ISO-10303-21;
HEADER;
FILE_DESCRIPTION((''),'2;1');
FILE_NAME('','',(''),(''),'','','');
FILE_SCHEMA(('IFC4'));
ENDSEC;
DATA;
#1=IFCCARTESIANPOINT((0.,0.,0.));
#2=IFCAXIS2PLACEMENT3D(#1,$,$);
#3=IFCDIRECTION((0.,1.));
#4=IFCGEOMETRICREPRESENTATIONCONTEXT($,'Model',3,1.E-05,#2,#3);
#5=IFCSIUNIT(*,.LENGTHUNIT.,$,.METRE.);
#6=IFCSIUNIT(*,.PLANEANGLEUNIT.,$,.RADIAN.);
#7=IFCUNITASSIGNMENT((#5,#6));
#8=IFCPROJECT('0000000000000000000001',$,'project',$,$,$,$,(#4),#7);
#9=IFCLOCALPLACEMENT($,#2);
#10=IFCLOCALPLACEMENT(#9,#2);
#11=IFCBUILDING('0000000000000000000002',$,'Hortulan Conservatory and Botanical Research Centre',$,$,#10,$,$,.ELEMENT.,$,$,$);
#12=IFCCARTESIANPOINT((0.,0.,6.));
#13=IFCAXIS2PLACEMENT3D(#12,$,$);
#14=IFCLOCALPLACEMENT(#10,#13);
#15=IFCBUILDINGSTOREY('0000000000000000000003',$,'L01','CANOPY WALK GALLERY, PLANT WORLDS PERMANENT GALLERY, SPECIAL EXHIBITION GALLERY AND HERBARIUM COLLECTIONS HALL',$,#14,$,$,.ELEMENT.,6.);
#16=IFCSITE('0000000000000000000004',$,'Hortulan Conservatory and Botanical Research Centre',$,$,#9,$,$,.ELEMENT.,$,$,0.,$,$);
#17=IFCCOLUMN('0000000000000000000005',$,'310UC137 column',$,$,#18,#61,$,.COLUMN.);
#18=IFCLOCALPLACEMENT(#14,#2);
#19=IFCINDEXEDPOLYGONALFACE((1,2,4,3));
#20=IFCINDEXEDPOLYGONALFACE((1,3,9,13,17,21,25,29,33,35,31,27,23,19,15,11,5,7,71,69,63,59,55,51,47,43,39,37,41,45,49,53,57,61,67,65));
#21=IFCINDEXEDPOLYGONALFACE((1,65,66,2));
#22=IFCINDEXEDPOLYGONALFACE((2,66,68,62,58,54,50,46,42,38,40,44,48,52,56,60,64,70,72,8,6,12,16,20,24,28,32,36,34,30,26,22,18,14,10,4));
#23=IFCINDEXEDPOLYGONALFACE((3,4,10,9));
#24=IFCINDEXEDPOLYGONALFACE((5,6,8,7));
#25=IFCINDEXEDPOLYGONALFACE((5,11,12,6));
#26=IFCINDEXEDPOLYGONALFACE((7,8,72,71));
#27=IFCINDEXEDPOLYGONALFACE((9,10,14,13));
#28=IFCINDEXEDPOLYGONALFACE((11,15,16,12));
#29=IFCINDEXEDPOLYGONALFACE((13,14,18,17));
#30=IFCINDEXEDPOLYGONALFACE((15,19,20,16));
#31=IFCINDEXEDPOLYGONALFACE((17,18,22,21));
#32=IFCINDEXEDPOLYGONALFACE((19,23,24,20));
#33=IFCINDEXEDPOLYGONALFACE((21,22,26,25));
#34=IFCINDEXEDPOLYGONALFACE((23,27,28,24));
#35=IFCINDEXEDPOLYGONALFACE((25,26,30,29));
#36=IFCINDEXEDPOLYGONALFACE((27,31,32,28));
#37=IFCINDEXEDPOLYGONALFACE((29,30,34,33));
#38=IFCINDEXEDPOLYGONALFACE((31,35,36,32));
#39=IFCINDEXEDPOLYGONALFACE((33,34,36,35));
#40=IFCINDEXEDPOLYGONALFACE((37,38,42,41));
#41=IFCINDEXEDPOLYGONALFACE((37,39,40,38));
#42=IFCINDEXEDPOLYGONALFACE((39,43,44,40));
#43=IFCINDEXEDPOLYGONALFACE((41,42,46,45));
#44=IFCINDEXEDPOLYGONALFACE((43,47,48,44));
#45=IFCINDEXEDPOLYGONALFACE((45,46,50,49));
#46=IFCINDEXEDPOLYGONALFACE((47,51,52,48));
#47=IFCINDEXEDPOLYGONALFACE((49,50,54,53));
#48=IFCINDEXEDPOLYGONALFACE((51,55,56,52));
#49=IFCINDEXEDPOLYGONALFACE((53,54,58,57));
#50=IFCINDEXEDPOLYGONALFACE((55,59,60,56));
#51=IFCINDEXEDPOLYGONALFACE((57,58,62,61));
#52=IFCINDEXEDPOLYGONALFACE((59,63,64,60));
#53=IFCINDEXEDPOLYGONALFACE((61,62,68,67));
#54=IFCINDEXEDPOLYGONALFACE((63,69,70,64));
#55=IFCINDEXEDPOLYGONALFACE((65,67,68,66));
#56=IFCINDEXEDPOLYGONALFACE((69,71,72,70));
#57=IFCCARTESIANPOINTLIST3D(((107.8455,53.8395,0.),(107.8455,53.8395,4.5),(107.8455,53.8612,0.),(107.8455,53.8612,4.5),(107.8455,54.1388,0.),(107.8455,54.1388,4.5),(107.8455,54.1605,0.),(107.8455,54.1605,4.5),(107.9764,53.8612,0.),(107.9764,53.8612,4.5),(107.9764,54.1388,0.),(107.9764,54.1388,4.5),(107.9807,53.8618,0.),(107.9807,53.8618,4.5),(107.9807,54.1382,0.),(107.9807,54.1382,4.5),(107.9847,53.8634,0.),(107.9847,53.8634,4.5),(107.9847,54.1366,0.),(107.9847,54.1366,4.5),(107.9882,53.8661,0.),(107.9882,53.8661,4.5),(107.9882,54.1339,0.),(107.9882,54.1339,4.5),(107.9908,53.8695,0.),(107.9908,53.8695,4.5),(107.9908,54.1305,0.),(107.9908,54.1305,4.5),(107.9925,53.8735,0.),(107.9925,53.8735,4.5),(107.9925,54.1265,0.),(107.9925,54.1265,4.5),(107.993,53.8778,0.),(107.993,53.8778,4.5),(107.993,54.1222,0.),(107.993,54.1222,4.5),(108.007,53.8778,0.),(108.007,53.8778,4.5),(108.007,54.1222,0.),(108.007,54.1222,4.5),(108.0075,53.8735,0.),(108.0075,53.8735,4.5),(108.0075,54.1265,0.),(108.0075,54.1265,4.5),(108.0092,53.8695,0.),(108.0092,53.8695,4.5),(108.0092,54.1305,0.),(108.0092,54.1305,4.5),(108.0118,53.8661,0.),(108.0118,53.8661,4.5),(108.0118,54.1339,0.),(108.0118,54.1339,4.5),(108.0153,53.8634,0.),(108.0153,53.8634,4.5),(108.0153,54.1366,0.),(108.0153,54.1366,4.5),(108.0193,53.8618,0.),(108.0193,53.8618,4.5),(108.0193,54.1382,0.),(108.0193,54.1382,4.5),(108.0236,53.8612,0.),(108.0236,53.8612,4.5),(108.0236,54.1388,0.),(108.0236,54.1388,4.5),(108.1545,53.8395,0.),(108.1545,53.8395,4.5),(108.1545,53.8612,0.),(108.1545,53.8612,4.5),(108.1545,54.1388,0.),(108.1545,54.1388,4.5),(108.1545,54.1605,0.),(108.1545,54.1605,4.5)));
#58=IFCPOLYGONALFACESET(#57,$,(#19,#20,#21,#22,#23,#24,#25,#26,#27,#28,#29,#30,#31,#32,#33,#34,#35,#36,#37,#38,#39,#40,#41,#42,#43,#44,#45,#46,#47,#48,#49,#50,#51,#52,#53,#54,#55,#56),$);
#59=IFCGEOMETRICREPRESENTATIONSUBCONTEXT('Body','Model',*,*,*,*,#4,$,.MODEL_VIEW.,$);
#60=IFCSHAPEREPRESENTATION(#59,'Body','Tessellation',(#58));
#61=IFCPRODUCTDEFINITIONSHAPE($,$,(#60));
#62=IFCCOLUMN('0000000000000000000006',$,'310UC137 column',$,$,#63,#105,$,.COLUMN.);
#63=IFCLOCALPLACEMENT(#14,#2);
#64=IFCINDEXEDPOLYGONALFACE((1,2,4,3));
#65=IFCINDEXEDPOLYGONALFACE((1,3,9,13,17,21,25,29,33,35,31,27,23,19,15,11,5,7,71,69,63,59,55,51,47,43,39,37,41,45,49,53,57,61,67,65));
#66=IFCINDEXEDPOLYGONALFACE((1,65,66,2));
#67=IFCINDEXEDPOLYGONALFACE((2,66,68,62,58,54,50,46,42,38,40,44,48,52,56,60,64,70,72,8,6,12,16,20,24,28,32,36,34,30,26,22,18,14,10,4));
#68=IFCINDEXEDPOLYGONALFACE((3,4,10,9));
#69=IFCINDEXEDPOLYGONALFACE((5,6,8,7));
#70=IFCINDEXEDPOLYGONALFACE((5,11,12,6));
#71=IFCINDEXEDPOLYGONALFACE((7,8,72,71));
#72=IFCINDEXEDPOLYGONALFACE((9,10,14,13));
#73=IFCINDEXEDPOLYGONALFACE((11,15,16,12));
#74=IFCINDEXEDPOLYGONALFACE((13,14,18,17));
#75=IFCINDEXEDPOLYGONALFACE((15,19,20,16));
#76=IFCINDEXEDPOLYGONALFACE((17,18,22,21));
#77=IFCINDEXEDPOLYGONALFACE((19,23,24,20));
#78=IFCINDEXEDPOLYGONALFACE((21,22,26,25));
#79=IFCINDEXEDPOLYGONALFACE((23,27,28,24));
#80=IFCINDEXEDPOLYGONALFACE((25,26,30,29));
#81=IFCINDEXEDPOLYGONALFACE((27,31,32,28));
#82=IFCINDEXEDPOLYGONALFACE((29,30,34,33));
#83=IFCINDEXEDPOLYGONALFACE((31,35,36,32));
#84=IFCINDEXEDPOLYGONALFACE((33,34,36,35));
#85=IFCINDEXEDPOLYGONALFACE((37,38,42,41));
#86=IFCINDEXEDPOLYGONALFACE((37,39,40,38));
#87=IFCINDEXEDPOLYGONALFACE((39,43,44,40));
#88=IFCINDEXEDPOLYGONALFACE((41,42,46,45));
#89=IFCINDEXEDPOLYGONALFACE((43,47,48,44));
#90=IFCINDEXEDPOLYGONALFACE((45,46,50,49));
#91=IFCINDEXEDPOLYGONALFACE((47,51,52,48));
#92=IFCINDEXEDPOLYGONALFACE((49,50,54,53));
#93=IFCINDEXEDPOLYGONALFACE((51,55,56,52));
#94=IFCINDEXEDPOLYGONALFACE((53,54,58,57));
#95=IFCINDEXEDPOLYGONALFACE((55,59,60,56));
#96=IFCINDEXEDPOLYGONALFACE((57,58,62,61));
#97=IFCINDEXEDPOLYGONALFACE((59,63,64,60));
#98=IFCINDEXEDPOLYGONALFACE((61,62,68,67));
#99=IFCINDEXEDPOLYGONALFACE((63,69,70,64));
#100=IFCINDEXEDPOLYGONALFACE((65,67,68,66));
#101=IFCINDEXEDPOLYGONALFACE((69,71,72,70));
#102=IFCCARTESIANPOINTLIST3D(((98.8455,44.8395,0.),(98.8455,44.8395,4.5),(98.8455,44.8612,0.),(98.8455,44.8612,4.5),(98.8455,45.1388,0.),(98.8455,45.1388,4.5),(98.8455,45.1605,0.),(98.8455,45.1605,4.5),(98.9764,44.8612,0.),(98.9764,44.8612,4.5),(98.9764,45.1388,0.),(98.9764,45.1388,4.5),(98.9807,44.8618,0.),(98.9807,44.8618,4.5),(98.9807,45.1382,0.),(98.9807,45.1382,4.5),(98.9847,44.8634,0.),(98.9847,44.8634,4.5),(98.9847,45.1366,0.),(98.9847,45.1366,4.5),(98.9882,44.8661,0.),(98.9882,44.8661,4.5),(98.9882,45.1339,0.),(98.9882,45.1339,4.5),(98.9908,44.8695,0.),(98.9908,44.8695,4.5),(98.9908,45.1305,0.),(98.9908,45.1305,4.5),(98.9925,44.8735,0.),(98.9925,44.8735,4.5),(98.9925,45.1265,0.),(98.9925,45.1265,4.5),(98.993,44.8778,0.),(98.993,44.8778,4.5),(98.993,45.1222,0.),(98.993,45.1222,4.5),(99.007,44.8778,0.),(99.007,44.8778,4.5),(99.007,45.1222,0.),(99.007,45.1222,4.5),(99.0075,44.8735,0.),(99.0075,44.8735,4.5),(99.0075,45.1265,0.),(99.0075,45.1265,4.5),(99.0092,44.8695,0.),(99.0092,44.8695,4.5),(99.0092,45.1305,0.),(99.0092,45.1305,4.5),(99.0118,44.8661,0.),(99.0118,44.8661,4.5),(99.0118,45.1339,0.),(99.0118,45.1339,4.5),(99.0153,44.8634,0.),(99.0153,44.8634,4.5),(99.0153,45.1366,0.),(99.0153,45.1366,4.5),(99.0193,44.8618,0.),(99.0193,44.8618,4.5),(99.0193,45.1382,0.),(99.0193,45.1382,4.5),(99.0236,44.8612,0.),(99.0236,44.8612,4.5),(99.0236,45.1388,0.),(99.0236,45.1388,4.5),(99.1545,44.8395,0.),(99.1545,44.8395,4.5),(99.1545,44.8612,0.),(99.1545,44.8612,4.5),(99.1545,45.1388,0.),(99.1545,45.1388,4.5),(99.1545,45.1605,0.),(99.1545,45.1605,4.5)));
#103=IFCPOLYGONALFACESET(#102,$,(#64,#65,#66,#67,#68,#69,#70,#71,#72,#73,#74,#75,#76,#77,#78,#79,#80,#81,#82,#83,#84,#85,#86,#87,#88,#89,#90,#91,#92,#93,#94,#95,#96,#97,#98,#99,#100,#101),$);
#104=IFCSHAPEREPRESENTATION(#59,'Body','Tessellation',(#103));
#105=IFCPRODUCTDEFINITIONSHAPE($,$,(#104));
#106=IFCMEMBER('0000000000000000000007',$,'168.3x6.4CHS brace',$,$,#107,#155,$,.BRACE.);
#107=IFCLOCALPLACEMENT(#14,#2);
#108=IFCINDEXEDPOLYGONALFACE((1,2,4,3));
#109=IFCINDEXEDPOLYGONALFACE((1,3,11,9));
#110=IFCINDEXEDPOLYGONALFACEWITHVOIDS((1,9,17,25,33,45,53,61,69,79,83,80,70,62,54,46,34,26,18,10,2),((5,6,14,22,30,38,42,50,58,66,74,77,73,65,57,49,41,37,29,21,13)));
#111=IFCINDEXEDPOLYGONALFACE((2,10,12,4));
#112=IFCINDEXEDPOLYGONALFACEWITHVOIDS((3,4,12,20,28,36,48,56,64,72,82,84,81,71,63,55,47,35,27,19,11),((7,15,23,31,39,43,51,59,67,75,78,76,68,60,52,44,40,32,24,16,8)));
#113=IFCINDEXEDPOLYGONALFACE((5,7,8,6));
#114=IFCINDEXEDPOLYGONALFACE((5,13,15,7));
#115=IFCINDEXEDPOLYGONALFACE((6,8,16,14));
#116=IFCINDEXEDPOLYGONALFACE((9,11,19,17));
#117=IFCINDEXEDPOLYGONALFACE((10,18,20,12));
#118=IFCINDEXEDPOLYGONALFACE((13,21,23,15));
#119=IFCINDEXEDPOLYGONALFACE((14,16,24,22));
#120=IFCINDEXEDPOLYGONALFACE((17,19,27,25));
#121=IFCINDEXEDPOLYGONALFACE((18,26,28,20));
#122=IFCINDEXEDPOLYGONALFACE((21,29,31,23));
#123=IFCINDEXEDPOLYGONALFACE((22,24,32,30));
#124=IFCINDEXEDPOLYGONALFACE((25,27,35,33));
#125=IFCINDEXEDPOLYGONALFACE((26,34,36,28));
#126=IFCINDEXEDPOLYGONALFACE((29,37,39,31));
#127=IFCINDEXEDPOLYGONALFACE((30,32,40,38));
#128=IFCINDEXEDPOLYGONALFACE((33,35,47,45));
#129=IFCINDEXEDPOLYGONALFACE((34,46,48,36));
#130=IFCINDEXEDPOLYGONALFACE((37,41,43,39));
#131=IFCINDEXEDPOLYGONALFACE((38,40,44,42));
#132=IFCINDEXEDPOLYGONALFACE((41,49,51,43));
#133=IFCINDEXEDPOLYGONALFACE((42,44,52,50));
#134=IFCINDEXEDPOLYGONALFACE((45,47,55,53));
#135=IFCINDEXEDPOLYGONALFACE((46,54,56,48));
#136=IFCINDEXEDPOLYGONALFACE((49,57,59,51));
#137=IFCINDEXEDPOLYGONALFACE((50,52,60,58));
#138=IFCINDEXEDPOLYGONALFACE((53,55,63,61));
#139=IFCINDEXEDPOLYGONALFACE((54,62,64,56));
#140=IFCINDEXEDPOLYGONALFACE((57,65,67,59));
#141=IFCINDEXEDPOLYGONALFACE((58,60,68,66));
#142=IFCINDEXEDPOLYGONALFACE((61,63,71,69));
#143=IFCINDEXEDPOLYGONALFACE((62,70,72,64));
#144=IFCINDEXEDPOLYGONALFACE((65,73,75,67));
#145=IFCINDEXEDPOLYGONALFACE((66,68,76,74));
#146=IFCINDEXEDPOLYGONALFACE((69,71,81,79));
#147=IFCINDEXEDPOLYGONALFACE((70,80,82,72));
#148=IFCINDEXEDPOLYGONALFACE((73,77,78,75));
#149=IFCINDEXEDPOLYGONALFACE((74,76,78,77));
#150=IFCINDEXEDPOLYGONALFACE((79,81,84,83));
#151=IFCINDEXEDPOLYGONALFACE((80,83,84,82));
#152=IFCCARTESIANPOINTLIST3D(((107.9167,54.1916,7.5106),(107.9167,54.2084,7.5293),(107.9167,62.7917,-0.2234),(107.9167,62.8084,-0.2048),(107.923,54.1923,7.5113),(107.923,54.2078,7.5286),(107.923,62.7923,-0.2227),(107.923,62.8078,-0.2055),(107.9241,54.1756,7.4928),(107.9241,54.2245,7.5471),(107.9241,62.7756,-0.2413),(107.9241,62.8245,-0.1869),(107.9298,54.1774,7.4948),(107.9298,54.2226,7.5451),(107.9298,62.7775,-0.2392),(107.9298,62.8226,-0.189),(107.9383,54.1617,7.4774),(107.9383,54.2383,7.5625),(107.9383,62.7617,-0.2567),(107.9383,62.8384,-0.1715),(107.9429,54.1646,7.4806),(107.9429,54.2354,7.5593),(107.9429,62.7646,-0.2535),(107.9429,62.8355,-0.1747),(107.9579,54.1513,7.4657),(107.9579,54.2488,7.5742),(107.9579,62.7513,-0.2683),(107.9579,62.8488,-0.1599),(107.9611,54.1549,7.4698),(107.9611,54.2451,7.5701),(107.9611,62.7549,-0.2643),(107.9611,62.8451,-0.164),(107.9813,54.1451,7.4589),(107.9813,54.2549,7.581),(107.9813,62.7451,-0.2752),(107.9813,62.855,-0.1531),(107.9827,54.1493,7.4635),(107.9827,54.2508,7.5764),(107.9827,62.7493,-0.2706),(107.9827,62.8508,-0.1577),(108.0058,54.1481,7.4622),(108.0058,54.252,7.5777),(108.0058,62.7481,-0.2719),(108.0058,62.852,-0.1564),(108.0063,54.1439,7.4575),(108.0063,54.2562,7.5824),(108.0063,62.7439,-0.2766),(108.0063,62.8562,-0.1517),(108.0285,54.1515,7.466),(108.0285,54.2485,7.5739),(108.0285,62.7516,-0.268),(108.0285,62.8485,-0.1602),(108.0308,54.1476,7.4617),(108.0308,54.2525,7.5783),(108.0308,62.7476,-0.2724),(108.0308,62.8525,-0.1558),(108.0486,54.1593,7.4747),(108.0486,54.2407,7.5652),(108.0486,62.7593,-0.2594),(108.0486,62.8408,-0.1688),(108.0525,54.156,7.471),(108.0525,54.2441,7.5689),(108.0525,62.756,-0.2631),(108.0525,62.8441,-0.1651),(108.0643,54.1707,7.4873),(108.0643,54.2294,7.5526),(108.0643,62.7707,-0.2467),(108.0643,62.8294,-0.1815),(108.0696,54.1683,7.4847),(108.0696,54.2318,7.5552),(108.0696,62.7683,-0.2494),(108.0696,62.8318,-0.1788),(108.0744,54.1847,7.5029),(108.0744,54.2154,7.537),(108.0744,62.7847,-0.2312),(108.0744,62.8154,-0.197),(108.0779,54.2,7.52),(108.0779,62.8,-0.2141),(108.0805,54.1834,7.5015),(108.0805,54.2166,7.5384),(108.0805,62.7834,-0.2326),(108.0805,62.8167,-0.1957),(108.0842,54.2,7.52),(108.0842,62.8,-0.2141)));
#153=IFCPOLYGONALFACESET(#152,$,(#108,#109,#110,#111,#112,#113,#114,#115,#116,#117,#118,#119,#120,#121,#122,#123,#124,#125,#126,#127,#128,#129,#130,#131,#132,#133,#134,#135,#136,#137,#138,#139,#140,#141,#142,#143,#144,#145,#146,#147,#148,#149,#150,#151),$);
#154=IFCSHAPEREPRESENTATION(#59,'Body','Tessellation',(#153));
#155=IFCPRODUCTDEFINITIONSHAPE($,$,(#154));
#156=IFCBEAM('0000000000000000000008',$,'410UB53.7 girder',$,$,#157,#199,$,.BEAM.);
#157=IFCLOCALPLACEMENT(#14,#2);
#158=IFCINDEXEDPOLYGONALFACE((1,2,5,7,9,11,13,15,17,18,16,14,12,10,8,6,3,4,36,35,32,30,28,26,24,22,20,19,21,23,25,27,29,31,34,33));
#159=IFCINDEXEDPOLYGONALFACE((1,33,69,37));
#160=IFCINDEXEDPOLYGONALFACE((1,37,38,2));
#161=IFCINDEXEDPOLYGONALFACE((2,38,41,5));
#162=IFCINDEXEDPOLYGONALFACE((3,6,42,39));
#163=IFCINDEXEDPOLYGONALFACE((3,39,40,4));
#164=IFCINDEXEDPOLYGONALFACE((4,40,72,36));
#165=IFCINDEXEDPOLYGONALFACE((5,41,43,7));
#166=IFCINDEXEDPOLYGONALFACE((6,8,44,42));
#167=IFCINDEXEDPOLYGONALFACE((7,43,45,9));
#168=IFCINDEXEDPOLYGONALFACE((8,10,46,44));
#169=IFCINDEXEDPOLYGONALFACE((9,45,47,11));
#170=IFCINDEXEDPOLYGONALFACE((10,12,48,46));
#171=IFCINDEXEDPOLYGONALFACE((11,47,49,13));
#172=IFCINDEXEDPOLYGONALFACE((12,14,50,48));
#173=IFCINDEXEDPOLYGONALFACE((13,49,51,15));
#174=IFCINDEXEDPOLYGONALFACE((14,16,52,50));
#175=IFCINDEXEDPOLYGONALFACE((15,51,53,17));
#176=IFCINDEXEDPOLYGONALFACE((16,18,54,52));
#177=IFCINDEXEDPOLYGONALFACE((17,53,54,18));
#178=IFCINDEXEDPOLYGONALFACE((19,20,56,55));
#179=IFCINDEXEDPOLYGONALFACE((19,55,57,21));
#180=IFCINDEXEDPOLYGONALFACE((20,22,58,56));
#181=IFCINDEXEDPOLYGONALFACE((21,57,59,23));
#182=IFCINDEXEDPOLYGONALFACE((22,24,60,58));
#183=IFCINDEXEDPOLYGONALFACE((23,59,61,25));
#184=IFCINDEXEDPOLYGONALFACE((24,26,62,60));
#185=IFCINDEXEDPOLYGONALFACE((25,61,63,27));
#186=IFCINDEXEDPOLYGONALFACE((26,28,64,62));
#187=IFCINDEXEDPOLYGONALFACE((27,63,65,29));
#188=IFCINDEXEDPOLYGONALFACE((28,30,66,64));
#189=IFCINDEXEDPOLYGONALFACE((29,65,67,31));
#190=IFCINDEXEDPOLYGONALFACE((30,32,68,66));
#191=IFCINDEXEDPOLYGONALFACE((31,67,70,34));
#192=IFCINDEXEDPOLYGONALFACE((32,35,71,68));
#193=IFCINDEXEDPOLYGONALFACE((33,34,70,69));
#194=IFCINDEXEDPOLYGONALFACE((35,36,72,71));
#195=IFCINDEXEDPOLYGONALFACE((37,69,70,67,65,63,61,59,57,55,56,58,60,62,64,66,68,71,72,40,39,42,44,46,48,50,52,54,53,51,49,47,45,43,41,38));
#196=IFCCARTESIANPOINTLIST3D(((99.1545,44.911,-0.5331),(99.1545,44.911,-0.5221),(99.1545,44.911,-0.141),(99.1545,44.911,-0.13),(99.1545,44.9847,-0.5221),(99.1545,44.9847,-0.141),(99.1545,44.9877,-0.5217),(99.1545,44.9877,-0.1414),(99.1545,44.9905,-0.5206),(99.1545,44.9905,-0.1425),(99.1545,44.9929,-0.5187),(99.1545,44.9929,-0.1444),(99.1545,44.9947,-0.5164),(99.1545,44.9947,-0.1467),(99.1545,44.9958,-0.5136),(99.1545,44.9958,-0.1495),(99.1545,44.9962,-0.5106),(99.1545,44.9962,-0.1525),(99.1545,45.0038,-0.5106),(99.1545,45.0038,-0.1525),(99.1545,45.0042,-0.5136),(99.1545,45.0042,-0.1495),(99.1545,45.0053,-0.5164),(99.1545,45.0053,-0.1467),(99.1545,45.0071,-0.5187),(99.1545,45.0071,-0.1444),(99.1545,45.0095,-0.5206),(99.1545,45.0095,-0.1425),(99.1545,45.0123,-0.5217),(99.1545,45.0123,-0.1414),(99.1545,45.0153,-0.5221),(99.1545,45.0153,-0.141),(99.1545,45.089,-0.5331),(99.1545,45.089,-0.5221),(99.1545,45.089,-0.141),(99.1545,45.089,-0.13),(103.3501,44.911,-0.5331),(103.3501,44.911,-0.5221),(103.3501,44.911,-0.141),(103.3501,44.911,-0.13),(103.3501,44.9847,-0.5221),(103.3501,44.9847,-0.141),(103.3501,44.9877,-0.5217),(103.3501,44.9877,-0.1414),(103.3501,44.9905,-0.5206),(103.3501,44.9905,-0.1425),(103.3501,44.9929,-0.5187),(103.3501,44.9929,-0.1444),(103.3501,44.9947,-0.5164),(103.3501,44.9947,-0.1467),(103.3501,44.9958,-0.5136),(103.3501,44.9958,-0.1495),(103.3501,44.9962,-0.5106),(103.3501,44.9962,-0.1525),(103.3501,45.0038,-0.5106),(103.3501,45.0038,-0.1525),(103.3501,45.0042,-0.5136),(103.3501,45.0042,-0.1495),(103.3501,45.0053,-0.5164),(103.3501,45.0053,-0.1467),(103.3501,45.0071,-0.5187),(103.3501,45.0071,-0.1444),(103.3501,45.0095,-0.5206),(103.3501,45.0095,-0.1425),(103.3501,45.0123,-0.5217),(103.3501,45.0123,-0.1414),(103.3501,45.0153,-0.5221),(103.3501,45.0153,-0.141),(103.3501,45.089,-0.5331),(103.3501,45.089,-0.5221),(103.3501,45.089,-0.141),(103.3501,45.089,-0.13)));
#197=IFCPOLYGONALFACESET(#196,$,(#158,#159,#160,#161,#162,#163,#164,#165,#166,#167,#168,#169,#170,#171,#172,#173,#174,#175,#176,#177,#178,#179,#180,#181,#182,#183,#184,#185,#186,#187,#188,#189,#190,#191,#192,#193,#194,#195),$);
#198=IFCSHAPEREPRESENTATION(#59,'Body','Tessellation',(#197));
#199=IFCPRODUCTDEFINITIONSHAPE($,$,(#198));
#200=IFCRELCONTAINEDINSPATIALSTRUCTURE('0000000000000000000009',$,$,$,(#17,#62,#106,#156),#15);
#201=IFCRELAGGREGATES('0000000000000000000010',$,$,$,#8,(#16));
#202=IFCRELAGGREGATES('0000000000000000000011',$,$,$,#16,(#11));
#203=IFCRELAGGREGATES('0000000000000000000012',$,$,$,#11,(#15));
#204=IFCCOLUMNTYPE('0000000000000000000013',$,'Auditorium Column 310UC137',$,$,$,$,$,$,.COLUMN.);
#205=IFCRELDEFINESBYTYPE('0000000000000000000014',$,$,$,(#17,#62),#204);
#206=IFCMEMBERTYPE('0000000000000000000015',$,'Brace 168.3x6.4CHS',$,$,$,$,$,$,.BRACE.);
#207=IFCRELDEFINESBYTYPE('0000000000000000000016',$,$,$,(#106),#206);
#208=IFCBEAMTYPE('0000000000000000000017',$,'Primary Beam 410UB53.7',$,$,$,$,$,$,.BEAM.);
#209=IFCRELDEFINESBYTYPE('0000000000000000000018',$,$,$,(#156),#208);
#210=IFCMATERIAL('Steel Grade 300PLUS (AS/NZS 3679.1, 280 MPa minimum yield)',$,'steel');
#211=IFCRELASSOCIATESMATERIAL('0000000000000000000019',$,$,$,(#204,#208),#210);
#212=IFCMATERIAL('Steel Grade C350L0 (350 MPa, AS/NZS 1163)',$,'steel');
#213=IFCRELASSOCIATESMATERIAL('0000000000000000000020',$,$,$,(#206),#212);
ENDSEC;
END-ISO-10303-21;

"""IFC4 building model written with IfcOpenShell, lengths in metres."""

from ifc_helpers import new_model, si_unit, direction, frame, origin, origin_2d, place, context, subcontext, project, spatial, hollow_circle, i_section, extrude, material, material_profile, profile_set, type_object, element, save


model = new_model("IFC4")

# Units and contexts
model_context = context("Model", 3, precision=1e-05, world=origin(), true_north=direction((0.0, 1.0)))
body_context = subcontext(model_context, "Body", "Model", "MODEL_VIEW")
ifc_project = project(units=[si_unit("LENGTHUNIT", "METRE"), si_unit("PLANEANGLEUNIT", "RADIAN")], contexts=[model_context])

# Site, building, storey
site_placement = place(None, origin())
site = spatial("IfcSite", under=ifc_project, at=site_placement, Name="Hortulan Conservatory and Botanical Research Centre", CompositionType="ELEMENT", RefElevation=0.0)
building_placement = place(site_placement, origin())
building = spatial("IfcBuilding", under=site, at=building_placement, Name="Hortulan Conservatory and Botanical Research Centre", CompositionType="ELEMENT")
storey_placement = place(building_placement, frame((0.0, 0.0, 6.0)))
storey = spatial("IfcBuildingStorey", under=building, at=storey_placement, Name="L01", Description="CANOPY WALK GALLERY, PLANT WORLDS PERMANENT GALLERY, SPECIAL EXHIBITION GALLERY AND HERBARIUM COLLECTIONS HALL", CompositionType="ELEMENT", Elevation=6.0)

# Columns
ifc_material_1 = material(Name="Steel Grade 300PLUS (AS/NZS 3679.1, 280 MPa minimum yield)", Category="steel")
ifc_material_profile_1 = material_profile(ifc_material_1, i_section(OverallWidth=0.3091, OverallDepth=0.321, WebThickness=0.0139, FlangeThickness=0.0217, FilletRadius=0.0166, at=origin_2d()), Name="310UC137")
ifc_profile_set_1 = profile_set([ifc_material_profile_1], Name="Steel Grade 300PLUS (AS/NZS 3679.1, 280 MPa minimum yield)")
column_type = type_object("IfcColumnType", Name="Auditorium Column 310UC137", PredefinedType="COLUMN", material=ifc_profile_set_1)
for number, where, z_axis, x_axis, name in (
    (1, (108.0, 54.0, 0.0), (0.0, 0.0, 1.0), (1.0, 0.0, 0.0), "310UC137 column"),
    (2, (99.0, 45.0, 0.0), (0.0, 0.0, 1.0), (1.0, 0.0, 0.0), "310UC137 column"),
):
    element("IfcColumn", number, at=place(storey_placement, frame(where, z_axis=z_axis, x_axis=x_axis)), inside=storey, type_object=column_type, Name=name, PredefinedType="COLUMN", context=body_context, shape_type="SweptSolid", body=[
        extrude(i_section(OverallWidth=0.3091, OverallDepth=0.321, WebThickness=0.0139, FlangeThickness=0.0217, FilletRadius=0.0166, at=origin_2d()), origin(), (0.0, 0.0, 1.0), 4.5),
    ])

# Member
ifc_material_2 = material(Name="Steel Grade C350L0 (350 MPa, AS/NZS 1163)", Category="steel")
ifc_material_profile_2 = material_profile(ifc_material_2, hollow_circle(Radius=0.0842, WallThickness=0.0063, at=origin_2d()), Name="168.3x6.4CHS")
ifc_profile_set_2 = profile_set([ifc_material_profile_2], Name="Steel Grade C350L0 (350 MPa, AS/NZS 1163)")
member_type = type_object("IfcMemberType", Name="Brace 168.3x6.4CHS", PredefinedType="BRACE", material=ifc_profile_set_2)
member_placement = place(storey_placement, frame((108.0, 62.8, -0.2141), z_axis=(0.0, -0.74355, 0.66868), x_axis=(1.0, 0.0, 0.0)))
element("IfcMember", 3, at=member_placement, inside=storey, type_object=member_type, Name="168.3x6.4CHS brace", PredefinedType="BRACE", context=body_context, shape_type="SweptSolid", body=[
    extrude(hollow_circle(Radius=0.0842, WallThickness=0.0063, at=origin_2d()), origin(), (0.0, 0.0, 1.0), 11.5662),
])

# Beam
ifc_material_profile_3 = material_profile(ifc_material_1, i_section(OverallWidth=0.178, OverallDepth=0.4031, WebThickness=0.0076, FlangeThickness=0.011, FilletRadius=0.0115, at=origin_2d()), Name="410UB53.7")
ifc_profile_set_3 = profile_set([ifc_material_profile_3], Name="Steel Grade 300PLUS (AS/NZS 3679.1, 280 MPa minimum yield)")
beam_type_1 = type_object("IfcBeamType", Name="Primary Beam 410UB53.7", PredefinedType="BEAM", material=ifc_profile_set_3)
beam_1_placement = place(storey_placement, frame((99.1545, 45.0, -0.3315), z_axis=(1.0, 0.0, 0.0), x_axis=(0.0, 1.0, 0.0)))
element("IfcBeam", 4, at=beam_1_placement, inside=storey, type_object=beam_type_1, Name="410UB53.7 girder", PredefinedType="BEAM", context=body_context, shape_type="SweptSolid", body=[
    extrude(i_section(OverallWidth=0.178, OverallDepth=0.4031, WebThickness=0.0076, FlangeThickness=0.011, FilletRadius=0.0115, at=origin_2d()), origin(), (0.0, 0.0, 1.0), 4.1956),
])

save(model, "model.ifc")
